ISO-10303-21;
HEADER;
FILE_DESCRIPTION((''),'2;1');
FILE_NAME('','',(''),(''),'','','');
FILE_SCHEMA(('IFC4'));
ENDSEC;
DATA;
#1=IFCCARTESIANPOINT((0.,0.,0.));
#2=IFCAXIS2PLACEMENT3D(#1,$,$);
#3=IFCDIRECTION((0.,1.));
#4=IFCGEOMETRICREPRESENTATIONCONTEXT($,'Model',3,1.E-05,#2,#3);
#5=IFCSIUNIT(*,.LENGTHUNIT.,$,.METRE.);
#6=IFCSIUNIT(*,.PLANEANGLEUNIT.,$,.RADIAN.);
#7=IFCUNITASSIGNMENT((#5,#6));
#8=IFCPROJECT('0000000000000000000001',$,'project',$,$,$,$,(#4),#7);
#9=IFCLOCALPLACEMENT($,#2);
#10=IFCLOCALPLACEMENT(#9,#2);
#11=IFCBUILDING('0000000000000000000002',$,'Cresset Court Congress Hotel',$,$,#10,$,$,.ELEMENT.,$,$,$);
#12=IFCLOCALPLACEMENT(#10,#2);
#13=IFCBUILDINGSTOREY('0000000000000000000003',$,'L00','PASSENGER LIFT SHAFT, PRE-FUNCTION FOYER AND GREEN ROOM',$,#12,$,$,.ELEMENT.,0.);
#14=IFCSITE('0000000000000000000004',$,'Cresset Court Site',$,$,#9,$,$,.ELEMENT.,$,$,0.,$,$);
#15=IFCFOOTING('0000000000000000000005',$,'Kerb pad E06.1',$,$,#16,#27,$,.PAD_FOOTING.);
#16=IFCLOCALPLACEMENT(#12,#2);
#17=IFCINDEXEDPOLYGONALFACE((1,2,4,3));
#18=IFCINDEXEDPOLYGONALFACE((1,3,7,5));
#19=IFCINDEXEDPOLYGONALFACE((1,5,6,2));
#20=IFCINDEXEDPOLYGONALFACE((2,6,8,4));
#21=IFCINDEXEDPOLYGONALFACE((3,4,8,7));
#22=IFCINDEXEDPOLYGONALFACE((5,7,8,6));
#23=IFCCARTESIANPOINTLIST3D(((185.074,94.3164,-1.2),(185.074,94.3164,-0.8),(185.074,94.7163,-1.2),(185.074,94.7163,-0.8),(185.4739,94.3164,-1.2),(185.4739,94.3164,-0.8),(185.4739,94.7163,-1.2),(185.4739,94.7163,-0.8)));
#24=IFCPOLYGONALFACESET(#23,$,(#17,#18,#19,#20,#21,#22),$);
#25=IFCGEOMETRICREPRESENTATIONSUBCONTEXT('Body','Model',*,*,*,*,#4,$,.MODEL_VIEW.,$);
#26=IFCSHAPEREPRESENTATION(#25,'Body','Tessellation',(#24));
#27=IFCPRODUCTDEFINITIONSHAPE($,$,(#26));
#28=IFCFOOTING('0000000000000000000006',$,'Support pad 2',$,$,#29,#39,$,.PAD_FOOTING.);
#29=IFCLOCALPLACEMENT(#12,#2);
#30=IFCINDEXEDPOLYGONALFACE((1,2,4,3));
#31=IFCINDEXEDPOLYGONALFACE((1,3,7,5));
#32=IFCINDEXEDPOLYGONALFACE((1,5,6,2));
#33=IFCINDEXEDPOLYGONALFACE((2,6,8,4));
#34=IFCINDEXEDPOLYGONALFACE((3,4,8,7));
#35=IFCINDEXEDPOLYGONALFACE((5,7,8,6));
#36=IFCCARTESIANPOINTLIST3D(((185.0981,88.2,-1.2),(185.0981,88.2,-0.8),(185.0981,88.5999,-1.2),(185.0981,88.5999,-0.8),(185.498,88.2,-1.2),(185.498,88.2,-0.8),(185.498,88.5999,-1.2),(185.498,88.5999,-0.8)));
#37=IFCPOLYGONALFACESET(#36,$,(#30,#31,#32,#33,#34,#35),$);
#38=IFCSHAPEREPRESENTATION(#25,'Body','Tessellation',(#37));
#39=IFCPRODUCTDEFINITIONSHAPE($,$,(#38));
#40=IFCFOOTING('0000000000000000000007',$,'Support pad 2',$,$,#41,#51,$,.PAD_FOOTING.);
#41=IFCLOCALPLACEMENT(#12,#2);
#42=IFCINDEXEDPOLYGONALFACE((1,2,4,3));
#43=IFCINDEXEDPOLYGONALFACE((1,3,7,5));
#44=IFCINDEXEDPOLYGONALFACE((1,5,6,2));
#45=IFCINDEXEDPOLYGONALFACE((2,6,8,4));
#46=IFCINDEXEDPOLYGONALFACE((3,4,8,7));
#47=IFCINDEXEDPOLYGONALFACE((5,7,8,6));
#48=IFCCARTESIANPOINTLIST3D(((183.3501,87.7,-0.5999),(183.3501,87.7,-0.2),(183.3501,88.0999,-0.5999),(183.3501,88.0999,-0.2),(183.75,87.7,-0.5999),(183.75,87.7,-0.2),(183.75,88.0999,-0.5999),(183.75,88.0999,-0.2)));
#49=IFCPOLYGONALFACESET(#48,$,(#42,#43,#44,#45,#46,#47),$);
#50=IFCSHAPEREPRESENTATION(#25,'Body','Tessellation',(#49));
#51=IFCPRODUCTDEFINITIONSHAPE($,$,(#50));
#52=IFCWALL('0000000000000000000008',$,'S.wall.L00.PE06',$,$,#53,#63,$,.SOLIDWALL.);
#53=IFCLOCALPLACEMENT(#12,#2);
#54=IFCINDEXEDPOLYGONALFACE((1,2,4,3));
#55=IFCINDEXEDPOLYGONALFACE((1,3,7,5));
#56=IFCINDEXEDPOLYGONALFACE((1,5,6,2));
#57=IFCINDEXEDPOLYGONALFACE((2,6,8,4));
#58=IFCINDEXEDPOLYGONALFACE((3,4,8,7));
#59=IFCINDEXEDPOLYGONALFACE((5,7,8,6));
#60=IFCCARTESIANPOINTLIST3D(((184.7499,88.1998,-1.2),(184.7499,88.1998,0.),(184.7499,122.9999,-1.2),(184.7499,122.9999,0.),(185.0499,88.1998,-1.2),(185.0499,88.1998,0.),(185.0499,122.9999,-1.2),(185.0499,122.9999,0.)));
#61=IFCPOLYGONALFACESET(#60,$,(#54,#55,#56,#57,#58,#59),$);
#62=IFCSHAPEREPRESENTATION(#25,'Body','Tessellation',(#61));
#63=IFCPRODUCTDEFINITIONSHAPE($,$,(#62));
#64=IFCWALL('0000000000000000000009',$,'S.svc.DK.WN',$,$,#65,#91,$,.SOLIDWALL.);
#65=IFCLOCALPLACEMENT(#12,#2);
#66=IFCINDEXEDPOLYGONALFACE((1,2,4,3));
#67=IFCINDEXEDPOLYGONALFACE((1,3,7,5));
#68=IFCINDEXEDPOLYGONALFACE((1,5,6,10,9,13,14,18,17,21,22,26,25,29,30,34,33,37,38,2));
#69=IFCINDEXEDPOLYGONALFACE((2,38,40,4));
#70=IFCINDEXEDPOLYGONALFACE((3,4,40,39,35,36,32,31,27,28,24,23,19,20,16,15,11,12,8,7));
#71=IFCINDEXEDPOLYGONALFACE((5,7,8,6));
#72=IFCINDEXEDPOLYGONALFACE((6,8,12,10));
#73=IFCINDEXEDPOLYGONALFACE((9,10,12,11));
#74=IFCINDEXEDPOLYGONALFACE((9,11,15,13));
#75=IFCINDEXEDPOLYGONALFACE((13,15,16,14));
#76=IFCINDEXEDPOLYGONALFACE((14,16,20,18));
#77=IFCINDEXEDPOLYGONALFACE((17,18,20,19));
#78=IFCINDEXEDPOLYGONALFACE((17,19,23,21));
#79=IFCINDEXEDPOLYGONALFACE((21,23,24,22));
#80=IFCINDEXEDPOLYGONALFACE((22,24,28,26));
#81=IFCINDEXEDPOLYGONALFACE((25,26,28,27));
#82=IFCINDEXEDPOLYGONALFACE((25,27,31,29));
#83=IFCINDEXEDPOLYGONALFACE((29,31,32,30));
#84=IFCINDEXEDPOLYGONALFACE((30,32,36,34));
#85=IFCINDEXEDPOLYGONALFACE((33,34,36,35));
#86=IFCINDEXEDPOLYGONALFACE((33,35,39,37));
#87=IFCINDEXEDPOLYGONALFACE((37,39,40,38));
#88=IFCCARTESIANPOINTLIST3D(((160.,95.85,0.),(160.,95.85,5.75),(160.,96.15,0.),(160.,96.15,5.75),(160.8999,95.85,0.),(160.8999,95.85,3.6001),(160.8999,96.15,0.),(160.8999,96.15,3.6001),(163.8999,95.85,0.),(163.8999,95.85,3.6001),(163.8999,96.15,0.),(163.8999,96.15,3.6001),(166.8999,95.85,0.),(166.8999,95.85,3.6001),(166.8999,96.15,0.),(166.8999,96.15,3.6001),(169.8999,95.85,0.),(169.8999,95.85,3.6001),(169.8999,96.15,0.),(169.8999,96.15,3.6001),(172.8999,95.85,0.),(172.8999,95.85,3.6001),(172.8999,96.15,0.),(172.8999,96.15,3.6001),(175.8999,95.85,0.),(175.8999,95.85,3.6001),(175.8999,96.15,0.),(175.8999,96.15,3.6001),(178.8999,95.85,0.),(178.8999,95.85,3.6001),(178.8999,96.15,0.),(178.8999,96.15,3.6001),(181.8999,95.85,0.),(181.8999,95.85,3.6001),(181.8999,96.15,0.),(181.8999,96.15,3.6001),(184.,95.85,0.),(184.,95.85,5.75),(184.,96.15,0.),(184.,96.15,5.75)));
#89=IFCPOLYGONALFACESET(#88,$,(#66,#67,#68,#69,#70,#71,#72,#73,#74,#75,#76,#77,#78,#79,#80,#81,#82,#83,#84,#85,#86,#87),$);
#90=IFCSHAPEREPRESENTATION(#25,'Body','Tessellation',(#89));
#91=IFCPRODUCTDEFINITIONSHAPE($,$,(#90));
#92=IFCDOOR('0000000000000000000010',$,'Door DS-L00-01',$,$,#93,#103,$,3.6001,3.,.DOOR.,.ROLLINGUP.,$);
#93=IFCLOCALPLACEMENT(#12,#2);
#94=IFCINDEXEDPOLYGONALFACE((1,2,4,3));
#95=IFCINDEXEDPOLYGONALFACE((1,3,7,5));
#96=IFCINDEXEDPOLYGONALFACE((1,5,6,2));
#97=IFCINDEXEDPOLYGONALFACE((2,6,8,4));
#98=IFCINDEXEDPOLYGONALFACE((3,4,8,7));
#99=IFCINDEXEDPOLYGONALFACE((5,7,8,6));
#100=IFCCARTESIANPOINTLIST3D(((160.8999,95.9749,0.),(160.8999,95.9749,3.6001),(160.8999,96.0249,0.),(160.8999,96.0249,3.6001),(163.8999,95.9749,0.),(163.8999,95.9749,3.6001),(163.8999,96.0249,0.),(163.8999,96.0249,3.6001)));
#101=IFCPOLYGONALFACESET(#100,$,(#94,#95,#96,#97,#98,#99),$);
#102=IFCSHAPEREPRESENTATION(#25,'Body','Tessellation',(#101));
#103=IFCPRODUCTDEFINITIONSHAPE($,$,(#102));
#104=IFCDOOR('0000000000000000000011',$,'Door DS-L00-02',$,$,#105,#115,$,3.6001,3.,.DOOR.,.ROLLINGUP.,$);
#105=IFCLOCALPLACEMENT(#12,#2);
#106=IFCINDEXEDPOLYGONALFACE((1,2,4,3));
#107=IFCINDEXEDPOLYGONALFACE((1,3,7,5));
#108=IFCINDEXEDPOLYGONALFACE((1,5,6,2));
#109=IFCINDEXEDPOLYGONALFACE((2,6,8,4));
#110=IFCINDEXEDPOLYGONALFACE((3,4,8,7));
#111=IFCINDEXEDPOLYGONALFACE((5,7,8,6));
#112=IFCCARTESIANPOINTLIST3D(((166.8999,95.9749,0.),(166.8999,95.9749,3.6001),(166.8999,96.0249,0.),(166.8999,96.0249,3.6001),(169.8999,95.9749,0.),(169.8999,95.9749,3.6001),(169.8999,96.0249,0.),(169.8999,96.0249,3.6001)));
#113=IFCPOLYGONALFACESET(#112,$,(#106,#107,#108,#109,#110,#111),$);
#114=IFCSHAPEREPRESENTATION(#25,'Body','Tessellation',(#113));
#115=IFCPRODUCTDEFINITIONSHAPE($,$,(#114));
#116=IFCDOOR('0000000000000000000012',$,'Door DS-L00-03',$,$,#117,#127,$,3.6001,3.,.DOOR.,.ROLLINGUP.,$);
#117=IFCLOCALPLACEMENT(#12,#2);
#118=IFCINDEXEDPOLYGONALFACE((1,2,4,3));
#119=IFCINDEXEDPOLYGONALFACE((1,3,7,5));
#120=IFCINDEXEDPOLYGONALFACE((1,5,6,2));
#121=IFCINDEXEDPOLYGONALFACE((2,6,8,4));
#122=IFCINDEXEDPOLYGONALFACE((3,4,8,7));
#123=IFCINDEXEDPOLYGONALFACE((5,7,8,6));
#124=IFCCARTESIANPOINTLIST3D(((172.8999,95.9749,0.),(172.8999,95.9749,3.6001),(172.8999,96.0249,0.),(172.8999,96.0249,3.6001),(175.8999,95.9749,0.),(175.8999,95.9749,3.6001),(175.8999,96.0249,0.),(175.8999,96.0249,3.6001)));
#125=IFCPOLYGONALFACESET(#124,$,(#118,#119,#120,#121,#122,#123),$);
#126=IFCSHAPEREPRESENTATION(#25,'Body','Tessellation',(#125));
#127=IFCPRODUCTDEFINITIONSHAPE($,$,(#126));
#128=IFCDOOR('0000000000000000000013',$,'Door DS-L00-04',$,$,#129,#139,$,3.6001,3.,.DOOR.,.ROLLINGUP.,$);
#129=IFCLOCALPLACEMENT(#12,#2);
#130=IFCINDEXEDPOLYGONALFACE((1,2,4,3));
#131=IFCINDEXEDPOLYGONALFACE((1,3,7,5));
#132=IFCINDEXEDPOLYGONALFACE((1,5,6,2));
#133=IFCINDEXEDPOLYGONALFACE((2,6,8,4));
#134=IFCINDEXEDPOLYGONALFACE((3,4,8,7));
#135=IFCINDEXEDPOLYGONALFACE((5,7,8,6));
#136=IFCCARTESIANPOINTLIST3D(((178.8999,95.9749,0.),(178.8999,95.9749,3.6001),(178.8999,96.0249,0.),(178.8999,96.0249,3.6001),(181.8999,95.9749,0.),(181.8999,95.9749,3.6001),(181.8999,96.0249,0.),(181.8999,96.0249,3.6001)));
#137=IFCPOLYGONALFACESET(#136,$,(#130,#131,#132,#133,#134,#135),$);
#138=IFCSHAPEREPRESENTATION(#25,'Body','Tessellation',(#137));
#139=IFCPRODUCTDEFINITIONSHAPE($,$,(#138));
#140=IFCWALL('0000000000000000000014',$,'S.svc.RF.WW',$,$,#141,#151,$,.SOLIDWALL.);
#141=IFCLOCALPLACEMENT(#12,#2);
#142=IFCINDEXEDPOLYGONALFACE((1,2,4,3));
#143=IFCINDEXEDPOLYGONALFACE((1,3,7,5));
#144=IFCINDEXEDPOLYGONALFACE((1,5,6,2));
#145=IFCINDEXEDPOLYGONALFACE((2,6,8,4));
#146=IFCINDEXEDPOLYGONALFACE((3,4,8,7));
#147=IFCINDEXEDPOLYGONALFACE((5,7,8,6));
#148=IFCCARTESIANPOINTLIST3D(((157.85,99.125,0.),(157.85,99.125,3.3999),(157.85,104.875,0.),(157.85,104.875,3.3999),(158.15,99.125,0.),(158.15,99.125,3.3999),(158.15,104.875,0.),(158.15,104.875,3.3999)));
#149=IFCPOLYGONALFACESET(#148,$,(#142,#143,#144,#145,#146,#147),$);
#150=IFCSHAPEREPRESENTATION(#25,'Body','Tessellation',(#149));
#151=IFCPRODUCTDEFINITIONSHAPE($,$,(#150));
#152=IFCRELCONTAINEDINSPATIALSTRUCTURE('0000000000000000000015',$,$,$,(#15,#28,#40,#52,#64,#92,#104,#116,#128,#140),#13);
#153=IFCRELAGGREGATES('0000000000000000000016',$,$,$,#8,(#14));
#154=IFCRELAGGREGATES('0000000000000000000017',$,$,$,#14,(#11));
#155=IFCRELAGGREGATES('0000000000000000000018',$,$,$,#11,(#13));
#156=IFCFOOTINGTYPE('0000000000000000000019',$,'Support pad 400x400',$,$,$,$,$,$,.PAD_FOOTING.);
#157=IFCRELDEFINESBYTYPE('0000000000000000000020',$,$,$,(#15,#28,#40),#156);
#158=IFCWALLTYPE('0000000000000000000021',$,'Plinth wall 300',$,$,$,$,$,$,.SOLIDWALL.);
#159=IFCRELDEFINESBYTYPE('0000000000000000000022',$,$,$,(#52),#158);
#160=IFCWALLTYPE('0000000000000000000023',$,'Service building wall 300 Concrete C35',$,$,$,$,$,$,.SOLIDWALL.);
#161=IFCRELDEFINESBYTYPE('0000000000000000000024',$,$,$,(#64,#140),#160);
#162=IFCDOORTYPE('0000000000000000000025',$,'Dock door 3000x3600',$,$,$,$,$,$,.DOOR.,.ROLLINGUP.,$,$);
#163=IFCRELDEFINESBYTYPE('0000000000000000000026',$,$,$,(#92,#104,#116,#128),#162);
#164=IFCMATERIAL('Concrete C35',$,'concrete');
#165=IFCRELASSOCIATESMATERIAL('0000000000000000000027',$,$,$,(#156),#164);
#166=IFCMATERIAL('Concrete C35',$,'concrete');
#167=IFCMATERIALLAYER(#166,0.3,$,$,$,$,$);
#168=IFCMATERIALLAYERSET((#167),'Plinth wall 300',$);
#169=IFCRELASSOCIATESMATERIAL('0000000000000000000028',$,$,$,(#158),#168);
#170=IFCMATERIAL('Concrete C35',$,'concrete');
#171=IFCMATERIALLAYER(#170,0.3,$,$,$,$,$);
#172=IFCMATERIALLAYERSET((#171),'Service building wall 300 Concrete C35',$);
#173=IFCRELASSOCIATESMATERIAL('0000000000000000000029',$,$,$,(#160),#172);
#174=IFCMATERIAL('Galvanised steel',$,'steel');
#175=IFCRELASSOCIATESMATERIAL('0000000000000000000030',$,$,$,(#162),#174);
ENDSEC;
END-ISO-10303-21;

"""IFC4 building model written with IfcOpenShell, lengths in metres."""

from ifc_helpers import new_model, si_unit, direction, frame, frame_2d, origin, origin_2d, place, context, subcontext, project, spatial, rectangle, extrude, material, layer, layer_set, type_object, element, fill, save


model = new_model("IFC4")

# Units and contexts
model_context = context("Model", 3, precision=1e-05, world=origin(), true_north=direction((0.0, 1.0)))
body_context = subcontext(model_context, "Body", "Model", "MODEL_VIEW")
ifc_project = project(units=[si_unit("LENGTHUNIT", "METRE"), si_unit("PLANEANGLEUNIT", "RADIAN")], contexts=[model_context])

# Site, building, storey
site_placement = place(None, origin())
site = spatial("IfcSite", under=ifc_project, at=site_placement, Name="Cresset Court Site", CompositionType="ELEMENT", RefElevation=0.0)
building_placement = place(site_placement, origin())
building = spatial("IfcBuilding", under=site, at=building_placement, Name="Cresset Court Congress Hotel", CompositionType="ELEMENT")
storey_placement = place(building_placement, origin())
storey = spatial("IfcBuildingStorey", under=building, at=storey_placement, Name="L00", Description="PASSENGER LIFT SHAFT, PRE-FUNCTION FOYER AND GREEN ROOM", CompositionType="ELEMENT", Elevation=0.0)

# Footings
ifc_material_1 = material(Name="Concrete C35", Category="concrete")
footing_type = type_object("IfcFootingType", Name="Support pad 400x400", PredefinedType="PAD_FOOTING", material=ifc_material_1)
for number, where, z_axis, x_axis, name in (
    (1, (185.2739, 94.5164, -1.2), (0.0, 0.0, 1.0), (1.0, 0.0, 0.0), "Kerb pad E06.1"),
    (2, (185.2981, 88.3999, -1.2), (0.0, 0.0, 1.0), (1.0, 0.0, 0.0), "Support pad 2"),
    (3, (183.55, 87.8999, -0.5999), (0.0, 0.0, 1.0), (1.0, 0.0, 0.0), "Support pad 2"),
):
    element("IfcFooting", number, at=place(storey_placement, frame(where, z_axis=z_axis, x_axis=x_axis)), inside=storey, type_object=footing_type, Name=name, PredefinedType="PAD_FOOTING", context=body_context, shape_type="SweptSolid", body=[
        extrude(rectangle(XDim=0.3999, YDim=0.3999, at=origin_2d()), origin(), (0.0, 0.0, 1.0), 0.3999),
    ])

# Wall
ifc_material_2 = material(Name="Concrete C35", Category="concrete")
ifc_layer_1 = layer(ifc_material_2, 0.3)
ifc_layer_set_1 = layer_set([ifc_layer_1], Name="Plinth wall 300")
wall_type_1 = type_object("IfcWallType", Name="Plinth wall 300", PredefinedType="SOLIDWALL", material=ifc_layer_set_1)
wall_1_placement = place(storey_placement, frame((184.8999, 88.2, -1.2), z_axis=(0.0, 0.0, 1.0), x_axis=(0.0, 1.0, 0.0)))
element("IfcWall", 4, at=wall_1_placement, inside=storey, type_object=wall_type_1, Name="S.wall.L00.PE06", PredefinedType="SOLIDWALL", context=body_context, shape_type="SweptSolid", body=[
    extrude(rectangle(XDim=34.8, YDim=0.3, at=frame_2d((17.3999, 0.0))), origin(), (0.0, 0.0, 1.0), 1.2),
])

# Wall, openings, doors
ifc_material_3 = material(Name="Concrete C35", Category="concrete")
ifc_layer_2 = layer(ifc_material_3, 0.3)
ifc_layer_set_2 = layer_set([ifc_layer_2], Name="Service building wall 300 Concrete C35")
wall_type_2 = type_object("IfcWallType", Name="Service building wall 300 Concrete C35", PredefinedType="SOLIDWALL", material=ifc_layer_set_2)
wall_2_placement = place(storey_placement, frame((160.0, 96.0, 0.0), z_axis=(0.0, 0.0, 1.0), x_axis=(1.0, 0.0, 0.0)))
wall_2 = element("IfcWall", 5, at=wall_2_placement, inside=storey, type_object=wall_type_2, Name="S.svc.DK.WN", PredefinedType="SOLIDWALL", context=body_context, shape_type="SweptSolid", body=[
    extrude(rectangle(XDim=24.0, YDim=0.3, at=frame_2d((12.0, 0.0))), origin(), (0.0, 0.0, 1.0), 5.75),
])
opening_1_placement = place(wall_2_placement, frame((0.8999, 0.0, 0.0)))
opening_1 = element("IfcOpeningElement", 6, at=opening_1_placement, cuts=wall_2, PredefinedType="OPENING", context=body_context, shape_type="SweptSolid", body=[
    extrude(rectangle(XDim=3.0, YDim=3.6001, at=frame_2d((1.5, 1.8))), frame((0.0, 0.1599, 0.0), z_axis=(0.0, -1.0, 0.0), x_axis=(1.0, 0.0, 0.0)), (0.0, 0.0, 1.0), 0.3201),
])
opening_2_placement = place(wall_2_placement, frame((6.8999, 0.0, 0.0)))
opening_2 = element("IfcOpeningElement", 7, at=opening_2_placement, cuts=wall_2, PredefinedType="OPENING", context=body_context, shape_type="SweptSolid", body=[
    extrude(rectangle(XDim=3.0, YDim=3.6001, at=frame_2d((1.5, 1.8))), frame((0.0, 0.1599, 0.0), z_axis=(0.0, -1.0, 0.0), x_axis=(1.0, 0.0, 0.0)), (0.0, 0.0, 1.0), 0.3201),
])
opening_3_placement = place(wall_2_placement, frame((12.8999, 0.0, 0.0)))
opening_3 = element("IfcOpeningElement", 8, at=opening_3_placement, cuts=wall_2, PredefinedType="OPENING", context=body_context, shape_type="SweptSolid", body=[
    extrude(rectangle(XDim=3.0, YDim=3.6001, at=frame_2d((1.5, 1.8))), frame((0.0, 0.1599, 0.0), z_axis=(0.0, -1.0, 0.0), x_axis=(1.0, 0.0, 0.0)), (0.0, 0.0, 1.0), 0.3201),
])
opening_4_placement = place(wall_2_placement, frame((18.8999, 0.0, 0.0)))
opening_4 = element("IfcOpeningElement", 9, at=opening_4_placement, cuts=wall_2, PredefinedType="OPENING", context=body_context, shape_type="SweptSolid", body=[
    extrude(rectangle(XDim=3.0, YDim=3.6001, at=frame_2d((1.5, 1.8))), frame((0.0, 0.1599, 0.0), z_axis=(0.0, -1.0, 0.0), x_axis=(1.0, 0.0, 0.0)), (0.0, 0.0, 1.0), 0.3201),
])
ifc_material_4 = material(Name="Galvanised steel", Category="steel")
door_type_1 = type_object("IfcDoorType", Name="Dock door 3000x3600", OperationType="ROLLINGUP", PredefinedType="DOOR", material=ifc_material_4)
door_1_placement = place(opening_1_placement, origin())
door_1 = element("IfcDoor", 10, at=door_1_placement, inside=storey, type_object=door_type_1, Name="Door DS-L00-01", OperationType="ROLLINGUP", OverallHeight=3.6001, OverallWidth=3.0, PredefinedType="DOOR", context=body_context, shape_type="SweptSolid", body=[
    extrude(rectangle(XDim=3.0, YDim=3.6001, at=frame_2d((1.5, 1.8))), frame((0.0, 0.0249, 0.0), z_axis=(0.0, -1.0, 0.0), x_axis=(1.0, 0.0, 0.0)), (0.0, 0.0, 1.0), 0.05),
])
fill(opening_1, door_1)
door_2_placement = place(opening_2_placement, origin())
door_2 = element("IfcDoor", 11, at=door_2_placement, inside=storey, type_object=door_type_1, Name="Door DS-L00-02", OperationType="ROLLINGUP", OverallHeight=3.6001, OverallWidth=3.0, PredefinedType="DOOR", context=body_context, shape_type="SweptSolid", body=[
    extrude(rectangle(XDim=3.0, YDim=3.6001, at=frame_2d((1.5, 1.8))), frame((0.0, 0.0249, 0.0), z_axis=(0.0, -1.0, 0.0), x_axis=(1.0, 0.0, 0.0)), (0.0, 0.0, 1.0), 0.05),
])
fill(opening_2, door_2)
door_3_placement = place(opening_3_placement, origin())
door_3 = element("IfcDoor", 12, at=door_3_placement, inside=storey, type_object=door_type_1, Name="Door DS-L00-03", OperationType="ROLLINGUP", OverallHeight=3.6001, OverallWidth=3.0, PredefinedType="DOOR", context=body_context, shape_type="SweptSolid", body=[
    extrude(rectangle(XDim=3.0, YDim=3.6001, at=frame_2d((1.5, 1.8))), frame((0.0, 0.0249, 0.0), z_axis=(0.0, -1.0, 0.0), x_axis=(1.0, 0.0, 0.0)), (0.0, 0.0, 1.0), 0.05),
])
fill(opening_3, door_3)
door_4_placement = place(opening_4_placement, origin())
door_4 = element("IfcDoor", 13, at=door_4_placement, inside=storey, type_object=door_type_1, Name="Door DS-L00-04", OperationType="ROLLINGUP", OverallHeight=3.6001, OverallWidth=3.0, PredefinedType="DOOR", context=body_context, shape_type="SweptSolid", body=[
    extrude(rectangle(XDim=3.0, YDim=3.6001, at=frame_2d((1.5, 1.8))), frame((0.0, 0.0249, 0.0), z_axis=(0.0, -1.0, 0.0), x_axis=(1.0, 0.0, 0.0)), (0.0, 0.0, 1.0), 0.05),
])
fill(opening_4, door_4)

# Wall
wall_3_placement = place(storey_placement, frame((158.0, 99.125, 0.0), z_axis=(0.0, 0.0, 1.0), x_axis=(0.0, 1.0, 0.0)))
element("IfcWall", 14, at=wall_3_placement, inside=storey, type_object=wall_type_2, Name="S.svc.RF.WW", PredefinedType="SOLIDWALL", context=body_context, shape_type="SweptSolid", body=[
    extrude(rectangle(XDim=5.75, YDim=0.3, at=frame_2d((2.875, 0.0))), origin(), (0.0, 0.0, 1.0), 3.3999),
])

save(model, "model.ifc")
